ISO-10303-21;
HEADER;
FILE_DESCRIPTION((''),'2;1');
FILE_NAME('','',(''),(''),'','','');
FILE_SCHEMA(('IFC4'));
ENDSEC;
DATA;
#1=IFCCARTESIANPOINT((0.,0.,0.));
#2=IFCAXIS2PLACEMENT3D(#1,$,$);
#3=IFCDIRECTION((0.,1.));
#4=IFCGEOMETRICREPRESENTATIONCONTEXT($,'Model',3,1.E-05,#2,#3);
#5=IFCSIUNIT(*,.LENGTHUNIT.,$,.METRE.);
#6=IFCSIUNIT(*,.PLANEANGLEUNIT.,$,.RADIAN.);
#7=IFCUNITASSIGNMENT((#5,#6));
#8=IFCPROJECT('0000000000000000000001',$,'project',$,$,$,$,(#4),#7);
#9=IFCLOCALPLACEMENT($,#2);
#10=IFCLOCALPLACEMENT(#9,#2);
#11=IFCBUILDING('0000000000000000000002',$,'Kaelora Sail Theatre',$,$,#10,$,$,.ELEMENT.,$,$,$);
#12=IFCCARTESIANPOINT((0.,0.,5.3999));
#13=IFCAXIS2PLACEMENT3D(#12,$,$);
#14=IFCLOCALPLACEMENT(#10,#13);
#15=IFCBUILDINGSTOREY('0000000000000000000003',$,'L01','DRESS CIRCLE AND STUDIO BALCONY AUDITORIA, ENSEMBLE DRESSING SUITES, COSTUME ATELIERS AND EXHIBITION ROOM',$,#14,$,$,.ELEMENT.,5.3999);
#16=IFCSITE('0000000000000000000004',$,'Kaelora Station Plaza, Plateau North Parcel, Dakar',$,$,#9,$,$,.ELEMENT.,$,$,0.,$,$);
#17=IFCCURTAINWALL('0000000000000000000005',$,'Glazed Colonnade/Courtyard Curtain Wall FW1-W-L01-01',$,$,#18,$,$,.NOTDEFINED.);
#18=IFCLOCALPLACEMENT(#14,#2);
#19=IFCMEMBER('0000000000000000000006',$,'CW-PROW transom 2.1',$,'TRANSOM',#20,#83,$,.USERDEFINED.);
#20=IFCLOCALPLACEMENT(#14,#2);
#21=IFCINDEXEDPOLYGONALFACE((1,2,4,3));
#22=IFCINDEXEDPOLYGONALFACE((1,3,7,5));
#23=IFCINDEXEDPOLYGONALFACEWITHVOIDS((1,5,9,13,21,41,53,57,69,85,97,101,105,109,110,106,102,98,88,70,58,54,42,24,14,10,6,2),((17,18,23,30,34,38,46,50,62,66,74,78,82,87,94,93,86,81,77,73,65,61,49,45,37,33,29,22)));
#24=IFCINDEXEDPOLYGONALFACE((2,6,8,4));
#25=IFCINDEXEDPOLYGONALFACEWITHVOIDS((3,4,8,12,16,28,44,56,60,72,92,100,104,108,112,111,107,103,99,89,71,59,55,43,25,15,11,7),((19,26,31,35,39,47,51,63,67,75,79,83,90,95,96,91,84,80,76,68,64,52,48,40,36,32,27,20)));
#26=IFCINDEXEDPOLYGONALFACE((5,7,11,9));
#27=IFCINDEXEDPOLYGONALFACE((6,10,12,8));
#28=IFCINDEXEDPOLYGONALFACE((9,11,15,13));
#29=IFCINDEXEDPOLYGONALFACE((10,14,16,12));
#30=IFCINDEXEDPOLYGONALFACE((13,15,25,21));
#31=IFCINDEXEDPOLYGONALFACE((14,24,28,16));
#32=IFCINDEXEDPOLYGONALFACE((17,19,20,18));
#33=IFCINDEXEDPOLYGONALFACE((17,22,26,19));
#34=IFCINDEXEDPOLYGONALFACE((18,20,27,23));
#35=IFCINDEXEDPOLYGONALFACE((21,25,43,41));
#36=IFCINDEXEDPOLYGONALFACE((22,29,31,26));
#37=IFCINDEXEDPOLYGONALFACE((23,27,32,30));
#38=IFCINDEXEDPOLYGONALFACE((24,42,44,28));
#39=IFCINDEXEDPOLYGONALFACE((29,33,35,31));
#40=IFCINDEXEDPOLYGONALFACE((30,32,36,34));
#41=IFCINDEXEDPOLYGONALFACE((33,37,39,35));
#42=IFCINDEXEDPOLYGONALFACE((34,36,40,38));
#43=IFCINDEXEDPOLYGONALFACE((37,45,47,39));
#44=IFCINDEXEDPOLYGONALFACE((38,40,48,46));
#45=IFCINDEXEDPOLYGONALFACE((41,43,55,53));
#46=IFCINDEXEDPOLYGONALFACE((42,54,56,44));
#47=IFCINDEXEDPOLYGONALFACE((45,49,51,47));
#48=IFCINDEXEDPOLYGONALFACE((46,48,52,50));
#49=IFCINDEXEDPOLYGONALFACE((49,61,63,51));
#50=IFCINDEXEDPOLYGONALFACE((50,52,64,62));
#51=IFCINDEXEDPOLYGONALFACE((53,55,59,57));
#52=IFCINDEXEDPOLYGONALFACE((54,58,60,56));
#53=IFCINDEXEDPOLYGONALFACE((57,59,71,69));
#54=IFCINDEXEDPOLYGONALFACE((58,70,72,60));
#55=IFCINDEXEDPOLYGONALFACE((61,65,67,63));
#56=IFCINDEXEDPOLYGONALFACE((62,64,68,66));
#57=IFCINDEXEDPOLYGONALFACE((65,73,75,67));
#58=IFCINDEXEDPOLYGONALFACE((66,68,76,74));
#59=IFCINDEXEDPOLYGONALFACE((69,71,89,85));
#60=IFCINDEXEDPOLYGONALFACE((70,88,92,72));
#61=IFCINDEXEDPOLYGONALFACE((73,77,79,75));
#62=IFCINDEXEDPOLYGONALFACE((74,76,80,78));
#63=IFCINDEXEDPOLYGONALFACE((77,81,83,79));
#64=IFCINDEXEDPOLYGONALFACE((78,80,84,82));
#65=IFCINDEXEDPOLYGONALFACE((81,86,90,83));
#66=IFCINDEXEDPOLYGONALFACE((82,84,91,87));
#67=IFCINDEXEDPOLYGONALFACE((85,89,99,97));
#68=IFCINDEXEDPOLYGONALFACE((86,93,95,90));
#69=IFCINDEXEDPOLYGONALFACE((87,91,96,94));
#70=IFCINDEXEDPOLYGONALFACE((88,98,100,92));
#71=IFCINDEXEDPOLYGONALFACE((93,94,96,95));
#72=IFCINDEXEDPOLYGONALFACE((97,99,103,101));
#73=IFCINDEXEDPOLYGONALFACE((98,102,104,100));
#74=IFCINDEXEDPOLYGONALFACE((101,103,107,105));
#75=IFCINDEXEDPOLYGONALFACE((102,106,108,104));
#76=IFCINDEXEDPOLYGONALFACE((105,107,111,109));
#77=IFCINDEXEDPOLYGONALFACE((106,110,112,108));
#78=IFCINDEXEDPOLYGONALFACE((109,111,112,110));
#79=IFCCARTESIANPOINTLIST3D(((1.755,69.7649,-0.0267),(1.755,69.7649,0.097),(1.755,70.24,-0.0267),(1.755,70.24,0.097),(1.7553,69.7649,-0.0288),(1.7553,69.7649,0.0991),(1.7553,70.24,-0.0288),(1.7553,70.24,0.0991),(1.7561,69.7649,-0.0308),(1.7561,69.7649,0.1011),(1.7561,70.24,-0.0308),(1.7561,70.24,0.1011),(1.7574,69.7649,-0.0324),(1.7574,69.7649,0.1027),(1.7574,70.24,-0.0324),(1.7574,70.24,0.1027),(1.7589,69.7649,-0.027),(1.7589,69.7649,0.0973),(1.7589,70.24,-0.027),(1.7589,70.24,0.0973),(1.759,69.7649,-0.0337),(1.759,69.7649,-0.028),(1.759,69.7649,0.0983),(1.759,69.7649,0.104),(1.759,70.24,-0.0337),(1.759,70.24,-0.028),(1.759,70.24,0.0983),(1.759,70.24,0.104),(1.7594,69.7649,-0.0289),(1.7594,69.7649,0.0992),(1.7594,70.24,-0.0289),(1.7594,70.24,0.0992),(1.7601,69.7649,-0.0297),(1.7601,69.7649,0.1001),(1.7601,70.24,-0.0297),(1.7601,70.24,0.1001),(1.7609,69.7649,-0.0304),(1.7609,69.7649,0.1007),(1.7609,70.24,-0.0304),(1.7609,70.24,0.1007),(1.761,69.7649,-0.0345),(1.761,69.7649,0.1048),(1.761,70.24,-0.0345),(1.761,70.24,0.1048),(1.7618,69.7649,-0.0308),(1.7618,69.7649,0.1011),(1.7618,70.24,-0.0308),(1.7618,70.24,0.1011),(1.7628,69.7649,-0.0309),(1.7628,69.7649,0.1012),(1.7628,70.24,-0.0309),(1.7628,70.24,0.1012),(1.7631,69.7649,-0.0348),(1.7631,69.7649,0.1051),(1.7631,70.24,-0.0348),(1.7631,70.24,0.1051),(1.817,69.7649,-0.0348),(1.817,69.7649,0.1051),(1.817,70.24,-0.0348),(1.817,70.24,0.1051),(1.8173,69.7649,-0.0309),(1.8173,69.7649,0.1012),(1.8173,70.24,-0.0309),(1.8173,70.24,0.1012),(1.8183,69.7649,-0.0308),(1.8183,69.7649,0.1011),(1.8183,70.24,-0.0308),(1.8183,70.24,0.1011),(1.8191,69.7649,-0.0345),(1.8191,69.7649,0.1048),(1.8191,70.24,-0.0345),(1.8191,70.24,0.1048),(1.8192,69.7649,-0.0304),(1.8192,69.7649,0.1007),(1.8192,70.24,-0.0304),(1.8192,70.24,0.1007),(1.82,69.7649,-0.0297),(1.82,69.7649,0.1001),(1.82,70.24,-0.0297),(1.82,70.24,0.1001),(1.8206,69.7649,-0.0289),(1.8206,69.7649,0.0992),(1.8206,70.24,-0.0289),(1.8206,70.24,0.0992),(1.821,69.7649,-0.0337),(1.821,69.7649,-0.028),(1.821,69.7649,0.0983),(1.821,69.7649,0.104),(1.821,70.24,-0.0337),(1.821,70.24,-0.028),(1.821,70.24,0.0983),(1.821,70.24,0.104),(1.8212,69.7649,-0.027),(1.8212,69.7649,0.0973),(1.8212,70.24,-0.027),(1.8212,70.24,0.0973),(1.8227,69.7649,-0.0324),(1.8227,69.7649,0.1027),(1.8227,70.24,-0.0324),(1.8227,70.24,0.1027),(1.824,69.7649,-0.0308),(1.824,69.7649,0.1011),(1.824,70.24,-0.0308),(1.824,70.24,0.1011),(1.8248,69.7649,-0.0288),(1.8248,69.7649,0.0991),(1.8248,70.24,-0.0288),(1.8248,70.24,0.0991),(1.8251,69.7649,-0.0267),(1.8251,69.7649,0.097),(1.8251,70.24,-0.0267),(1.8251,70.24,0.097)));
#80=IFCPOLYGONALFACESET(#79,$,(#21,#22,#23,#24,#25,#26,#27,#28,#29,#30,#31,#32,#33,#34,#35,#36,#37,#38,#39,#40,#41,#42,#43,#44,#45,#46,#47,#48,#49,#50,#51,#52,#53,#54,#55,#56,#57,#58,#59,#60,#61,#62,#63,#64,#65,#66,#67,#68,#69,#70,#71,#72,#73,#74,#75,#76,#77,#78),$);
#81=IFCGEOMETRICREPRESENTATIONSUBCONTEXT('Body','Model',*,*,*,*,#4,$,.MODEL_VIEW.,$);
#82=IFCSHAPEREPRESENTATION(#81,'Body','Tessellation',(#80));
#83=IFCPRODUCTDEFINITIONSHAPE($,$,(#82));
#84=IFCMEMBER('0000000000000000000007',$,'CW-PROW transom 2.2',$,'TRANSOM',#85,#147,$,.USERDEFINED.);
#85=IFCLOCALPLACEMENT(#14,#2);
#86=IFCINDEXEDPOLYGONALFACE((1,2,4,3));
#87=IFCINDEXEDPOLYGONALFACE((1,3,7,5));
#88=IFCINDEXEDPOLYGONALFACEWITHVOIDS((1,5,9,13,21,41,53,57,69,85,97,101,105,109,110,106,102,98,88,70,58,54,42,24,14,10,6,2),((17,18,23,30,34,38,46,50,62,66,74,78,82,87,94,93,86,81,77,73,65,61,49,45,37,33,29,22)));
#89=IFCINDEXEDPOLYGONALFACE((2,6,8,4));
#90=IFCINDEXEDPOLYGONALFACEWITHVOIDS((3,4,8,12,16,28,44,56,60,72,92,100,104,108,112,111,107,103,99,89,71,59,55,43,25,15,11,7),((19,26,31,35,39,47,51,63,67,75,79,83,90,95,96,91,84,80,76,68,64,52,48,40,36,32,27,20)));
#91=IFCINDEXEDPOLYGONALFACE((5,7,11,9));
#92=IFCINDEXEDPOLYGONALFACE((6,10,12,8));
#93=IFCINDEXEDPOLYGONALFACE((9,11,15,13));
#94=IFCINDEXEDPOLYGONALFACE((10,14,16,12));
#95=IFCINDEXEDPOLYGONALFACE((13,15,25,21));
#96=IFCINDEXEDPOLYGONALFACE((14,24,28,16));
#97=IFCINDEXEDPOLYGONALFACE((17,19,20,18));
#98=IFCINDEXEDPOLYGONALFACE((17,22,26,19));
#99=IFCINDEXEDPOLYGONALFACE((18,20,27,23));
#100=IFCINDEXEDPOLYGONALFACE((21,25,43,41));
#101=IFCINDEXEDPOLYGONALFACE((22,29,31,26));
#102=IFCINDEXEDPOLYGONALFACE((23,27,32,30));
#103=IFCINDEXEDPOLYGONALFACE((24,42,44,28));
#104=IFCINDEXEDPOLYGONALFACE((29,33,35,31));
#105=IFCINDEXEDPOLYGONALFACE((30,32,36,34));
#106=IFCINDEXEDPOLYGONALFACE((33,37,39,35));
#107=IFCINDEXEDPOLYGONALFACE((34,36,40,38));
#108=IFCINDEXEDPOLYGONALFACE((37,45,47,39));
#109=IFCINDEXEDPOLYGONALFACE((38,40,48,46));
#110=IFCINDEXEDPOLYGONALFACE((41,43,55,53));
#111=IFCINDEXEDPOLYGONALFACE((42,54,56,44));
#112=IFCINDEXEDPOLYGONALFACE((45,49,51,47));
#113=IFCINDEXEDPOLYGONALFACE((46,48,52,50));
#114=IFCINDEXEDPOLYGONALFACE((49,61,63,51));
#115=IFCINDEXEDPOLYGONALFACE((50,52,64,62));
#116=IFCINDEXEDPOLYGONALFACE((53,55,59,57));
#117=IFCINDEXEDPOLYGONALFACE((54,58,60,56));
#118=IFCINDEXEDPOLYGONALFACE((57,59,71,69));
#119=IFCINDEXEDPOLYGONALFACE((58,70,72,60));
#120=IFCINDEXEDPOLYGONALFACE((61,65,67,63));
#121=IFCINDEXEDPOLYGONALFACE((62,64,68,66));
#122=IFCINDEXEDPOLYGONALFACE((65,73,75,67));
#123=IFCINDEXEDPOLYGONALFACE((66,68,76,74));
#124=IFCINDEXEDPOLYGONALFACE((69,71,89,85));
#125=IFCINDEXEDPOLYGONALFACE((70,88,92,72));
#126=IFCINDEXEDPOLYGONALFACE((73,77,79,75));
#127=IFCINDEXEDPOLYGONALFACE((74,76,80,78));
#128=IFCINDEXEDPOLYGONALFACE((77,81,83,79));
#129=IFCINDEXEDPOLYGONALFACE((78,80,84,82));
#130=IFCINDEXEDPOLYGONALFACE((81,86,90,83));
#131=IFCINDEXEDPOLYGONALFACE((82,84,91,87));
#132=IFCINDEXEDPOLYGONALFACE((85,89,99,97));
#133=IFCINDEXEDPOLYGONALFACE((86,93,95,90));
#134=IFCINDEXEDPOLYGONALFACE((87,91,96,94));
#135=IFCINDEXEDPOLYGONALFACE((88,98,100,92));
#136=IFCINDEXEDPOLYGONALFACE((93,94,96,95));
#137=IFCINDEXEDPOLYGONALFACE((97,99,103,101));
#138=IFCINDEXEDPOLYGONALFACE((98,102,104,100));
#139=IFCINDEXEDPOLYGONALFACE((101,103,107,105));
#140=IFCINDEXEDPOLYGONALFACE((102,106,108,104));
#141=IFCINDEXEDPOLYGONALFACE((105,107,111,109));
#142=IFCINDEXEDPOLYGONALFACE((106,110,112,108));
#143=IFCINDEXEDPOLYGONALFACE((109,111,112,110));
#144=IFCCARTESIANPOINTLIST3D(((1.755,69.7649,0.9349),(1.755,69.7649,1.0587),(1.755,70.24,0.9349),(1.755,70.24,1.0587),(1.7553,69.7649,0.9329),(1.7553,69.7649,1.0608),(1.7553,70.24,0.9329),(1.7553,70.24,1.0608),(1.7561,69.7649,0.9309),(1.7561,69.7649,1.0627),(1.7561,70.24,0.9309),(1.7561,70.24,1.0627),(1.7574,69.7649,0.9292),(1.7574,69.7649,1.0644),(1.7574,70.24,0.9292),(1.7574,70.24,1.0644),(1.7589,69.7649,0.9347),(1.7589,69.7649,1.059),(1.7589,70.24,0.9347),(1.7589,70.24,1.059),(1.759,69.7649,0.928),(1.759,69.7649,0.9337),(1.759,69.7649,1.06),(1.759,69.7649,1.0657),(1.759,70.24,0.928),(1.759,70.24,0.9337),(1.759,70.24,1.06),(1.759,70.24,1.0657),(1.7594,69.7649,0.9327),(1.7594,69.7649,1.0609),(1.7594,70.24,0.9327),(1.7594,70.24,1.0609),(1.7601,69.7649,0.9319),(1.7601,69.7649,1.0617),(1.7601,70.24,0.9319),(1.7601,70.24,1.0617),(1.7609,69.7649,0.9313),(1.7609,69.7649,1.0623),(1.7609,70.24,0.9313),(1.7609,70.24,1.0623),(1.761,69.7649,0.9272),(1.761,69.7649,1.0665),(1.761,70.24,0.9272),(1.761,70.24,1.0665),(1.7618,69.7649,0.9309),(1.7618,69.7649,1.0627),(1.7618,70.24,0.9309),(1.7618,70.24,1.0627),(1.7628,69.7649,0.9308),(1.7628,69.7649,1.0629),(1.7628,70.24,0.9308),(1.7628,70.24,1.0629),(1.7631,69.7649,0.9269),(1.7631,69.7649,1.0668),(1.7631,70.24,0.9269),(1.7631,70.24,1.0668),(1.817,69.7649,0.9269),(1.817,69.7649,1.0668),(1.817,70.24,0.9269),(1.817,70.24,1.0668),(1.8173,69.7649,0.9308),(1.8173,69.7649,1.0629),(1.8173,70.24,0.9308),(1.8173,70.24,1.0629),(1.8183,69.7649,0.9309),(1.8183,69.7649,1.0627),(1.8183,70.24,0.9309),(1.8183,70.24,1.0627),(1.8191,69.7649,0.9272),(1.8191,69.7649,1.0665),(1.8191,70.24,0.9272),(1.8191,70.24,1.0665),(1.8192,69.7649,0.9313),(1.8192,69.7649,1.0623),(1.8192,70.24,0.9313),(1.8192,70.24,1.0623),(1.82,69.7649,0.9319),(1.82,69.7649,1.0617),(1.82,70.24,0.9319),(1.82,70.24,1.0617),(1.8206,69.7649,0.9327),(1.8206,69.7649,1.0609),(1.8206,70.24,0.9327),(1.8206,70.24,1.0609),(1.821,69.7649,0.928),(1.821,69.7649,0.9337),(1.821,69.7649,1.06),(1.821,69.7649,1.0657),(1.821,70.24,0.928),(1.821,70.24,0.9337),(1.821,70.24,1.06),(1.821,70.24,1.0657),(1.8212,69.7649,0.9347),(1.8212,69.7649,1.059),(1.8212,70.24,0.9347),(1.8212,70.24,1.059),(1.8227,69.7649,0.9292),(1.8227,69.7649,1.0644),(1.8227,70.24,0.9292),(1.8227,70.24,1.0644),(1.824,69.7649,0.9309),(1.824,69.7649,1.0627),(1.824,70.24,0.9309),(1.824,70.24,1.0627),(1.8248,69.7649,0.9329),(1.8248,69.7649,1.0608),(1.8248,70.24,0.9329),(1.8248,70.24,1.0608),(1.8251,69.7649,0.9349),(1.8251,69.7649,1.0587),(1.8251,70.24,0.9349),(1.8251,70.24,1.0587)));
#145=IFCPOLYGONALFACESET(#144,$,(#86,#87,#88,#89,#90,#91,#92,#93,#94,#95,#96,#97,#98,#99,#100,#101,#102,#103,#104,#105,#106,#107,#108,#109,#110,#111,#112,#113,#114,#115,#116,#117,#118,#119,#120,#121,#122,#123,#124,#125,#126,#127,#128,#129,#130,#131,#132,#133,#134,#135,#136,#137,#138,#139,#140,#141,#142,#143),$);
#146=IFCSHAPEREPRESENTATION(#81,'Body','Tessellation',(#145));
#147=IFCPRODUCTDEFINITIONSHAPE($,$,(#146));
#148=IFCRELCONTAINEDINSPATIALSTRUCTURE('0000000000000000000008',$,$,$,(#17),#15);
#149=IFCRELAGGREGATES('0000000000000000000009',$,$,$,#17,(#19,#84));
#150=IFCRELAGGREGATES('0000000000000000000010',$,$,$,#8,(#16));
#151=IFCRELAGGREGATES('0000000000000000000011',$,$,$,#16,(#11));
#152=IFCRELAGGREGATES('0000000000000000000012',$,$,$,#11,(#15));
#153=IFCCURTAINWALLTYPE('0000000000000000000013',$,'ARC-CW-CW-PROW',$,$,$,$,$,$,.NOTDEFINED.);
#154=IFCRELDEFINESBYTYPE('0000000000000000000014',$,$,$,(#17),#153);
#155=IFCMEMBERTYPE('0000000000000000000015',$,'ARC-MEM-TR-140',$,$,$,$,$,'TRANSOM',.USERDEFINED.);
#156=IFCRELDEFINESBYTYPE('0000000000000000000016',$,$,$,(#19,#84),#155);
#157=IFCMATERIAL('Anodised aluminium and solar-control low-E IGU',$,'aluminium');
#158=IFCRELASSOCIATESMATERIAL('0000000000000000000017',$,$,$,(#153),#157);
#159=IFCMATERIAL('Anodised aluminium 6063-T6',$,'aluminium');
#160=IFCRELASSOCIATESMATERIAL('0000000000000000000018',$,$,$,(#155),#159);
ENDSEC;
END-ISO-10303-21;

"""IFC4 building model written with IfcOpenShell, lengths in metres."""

from ifc_helpers import new_model, si_unit, direction, frame, origin, origin_2d, place, context, subcontext, project, spatial, hollow_rectangle, extrude, material, material_profile, profile_set, type_object, element, aggregate, save


model = new_model("IFC4")

# Units and contexts
model_context = context("Model", 3, precision=1e-05, world=origin(), true_north=direction((0.0, 1.0)))
body_context = subcontext(model_context, "Body", "Model", "MODEL_VIEW")
ifc_project = project(units=[si_unit("LENGTHUNIT", "METRE"), si_unit("PLANEANGLEUNIT", "RADIAN")], contexts=[model_context])

# Site, building, storey
site_placement = place(None, origin())
site = spatial("IfcSite", under=ifc_project, at=site_placement, Name="Kaelora Station Plaza, Plateau North Parcel, Dakar", CompositionType="ELEMENT", RefElevation=0.0)
building_placement = place(site_placement, origin())
building = spatial("IfcBuilding", under=site, at=building_placement, Name="Kaelora Sail Theatre", CompositionType="ELEMENT")
storey_placement = place(building_placement, frame((0.0, 0.0, 5.3999)))
storey = spatial("IfcBuildingStorey", under=building, at=storey_placement, Name="L01", Description="DRESS CIRCLE AND STUDIO BALCONY AUDITORIA, ENSEMBLE DRESSING SUITES, COSTUME ATELIERS AND EXHIBITION ROOM", CompositionType="ELEMENT", Elevation=5.3999)

# Curtain wall
ifc_material_1 = material(Name="Anodised aluminium and solar-control low-E IGU", Category="aluminium")
curtain_wall_type = type_object("IfcCurtainWallType", Name="ARC-CW-CW-PROW", PredefinedType="NOTDEFINED", material=ifc_material_1)
curtain_wall_1_placement = place(storey_placement, origin())
curtain_wall_1 = element("IfcCurtainWall", 1, at=curtain_wall_1_placement, inside=storey, type_object=curtain_wall_type, Name="Glazed Colonnade/Courtyard Curtain Wall FW1-W-L01-01", PredefinedType="NOTDEFINED")

# Members
ifc_material_2 = material(Name="Anodised aluminium 6063-T6", Category="aluminium")
ifc_material_profile_1 = material_profile(ifc_material_2, hollow_rectangle(XDim=0.0701, YDim=0.1399, WallThickness=0.0039, InnerFilletRadius=0.0039, OuterFilletRadius=0.0081, at=origin_2d()), Name="ALU-TRAN 70x140x4")
ifc_profile_set_1 = profile_set([ifc_material_profile_1], Name="Anodised aluminium 6063-T6")
member_type_1 = type_object("IfcMemberType", Name="ARC-MEM-TR-140", ElementType="TRANSOM", PredefinedType="USERDEFINED", material=ifc_profile_set_1)
member_1_placement = place(storey_placement, frame((1.79, 69.7649, 0.0352), z_axis=(0.0, 1.0, 0.0), x_axis=(-1.0, 0.0, 0.0)))
member_1 = element("IfcMember", 2, at=member_1_placement, type_object=member_type_1, Name="CW-PROW transom 2.1", ObjectType="TRANSOM", PredefinedType="USERDEFINED", context=body_context, shape_type="SweptSolid", body=[
    extrude(hollow_rectangle(XDim=0.0701, YDim=0.1399, WallThickness=0.0039, InnerFilletRadius=0.0039, OuterFilletRadius=0.0081, at=origin_2d()), origin(), (0.0, 0.0, 1.0), 0.4751),
])
member_2_placement = place(storey_placement, frame((1.79, 69.7649, 0.9968), z_axis=(0.0, 1.0, 0.0), x_axis=(-1.0, 0.0, 0.0)))
member_2 = element("IfcMember", 3, at=member_2_placement, type_object=member_type_1, Name="CW-PROW transom 2.2", ObjectType="TRANSOM", PredefinedType="USERDEFINED", context=body_context, shape_type="SweptSolid", body=[
    extrude(hollow_rectangle(XDim=0.0701, YDim=0.1399, WallThickness=0.0039, InnerFilletRadius=0.0039, OuterFilletRadius=0.0081, at=origin_2d()), origin(), (0.0, 0.0, 1.0), 0.4751),
])

aggregate(curtain_wall_1, [member_1, member_2])

save(model, "model.ifc")
